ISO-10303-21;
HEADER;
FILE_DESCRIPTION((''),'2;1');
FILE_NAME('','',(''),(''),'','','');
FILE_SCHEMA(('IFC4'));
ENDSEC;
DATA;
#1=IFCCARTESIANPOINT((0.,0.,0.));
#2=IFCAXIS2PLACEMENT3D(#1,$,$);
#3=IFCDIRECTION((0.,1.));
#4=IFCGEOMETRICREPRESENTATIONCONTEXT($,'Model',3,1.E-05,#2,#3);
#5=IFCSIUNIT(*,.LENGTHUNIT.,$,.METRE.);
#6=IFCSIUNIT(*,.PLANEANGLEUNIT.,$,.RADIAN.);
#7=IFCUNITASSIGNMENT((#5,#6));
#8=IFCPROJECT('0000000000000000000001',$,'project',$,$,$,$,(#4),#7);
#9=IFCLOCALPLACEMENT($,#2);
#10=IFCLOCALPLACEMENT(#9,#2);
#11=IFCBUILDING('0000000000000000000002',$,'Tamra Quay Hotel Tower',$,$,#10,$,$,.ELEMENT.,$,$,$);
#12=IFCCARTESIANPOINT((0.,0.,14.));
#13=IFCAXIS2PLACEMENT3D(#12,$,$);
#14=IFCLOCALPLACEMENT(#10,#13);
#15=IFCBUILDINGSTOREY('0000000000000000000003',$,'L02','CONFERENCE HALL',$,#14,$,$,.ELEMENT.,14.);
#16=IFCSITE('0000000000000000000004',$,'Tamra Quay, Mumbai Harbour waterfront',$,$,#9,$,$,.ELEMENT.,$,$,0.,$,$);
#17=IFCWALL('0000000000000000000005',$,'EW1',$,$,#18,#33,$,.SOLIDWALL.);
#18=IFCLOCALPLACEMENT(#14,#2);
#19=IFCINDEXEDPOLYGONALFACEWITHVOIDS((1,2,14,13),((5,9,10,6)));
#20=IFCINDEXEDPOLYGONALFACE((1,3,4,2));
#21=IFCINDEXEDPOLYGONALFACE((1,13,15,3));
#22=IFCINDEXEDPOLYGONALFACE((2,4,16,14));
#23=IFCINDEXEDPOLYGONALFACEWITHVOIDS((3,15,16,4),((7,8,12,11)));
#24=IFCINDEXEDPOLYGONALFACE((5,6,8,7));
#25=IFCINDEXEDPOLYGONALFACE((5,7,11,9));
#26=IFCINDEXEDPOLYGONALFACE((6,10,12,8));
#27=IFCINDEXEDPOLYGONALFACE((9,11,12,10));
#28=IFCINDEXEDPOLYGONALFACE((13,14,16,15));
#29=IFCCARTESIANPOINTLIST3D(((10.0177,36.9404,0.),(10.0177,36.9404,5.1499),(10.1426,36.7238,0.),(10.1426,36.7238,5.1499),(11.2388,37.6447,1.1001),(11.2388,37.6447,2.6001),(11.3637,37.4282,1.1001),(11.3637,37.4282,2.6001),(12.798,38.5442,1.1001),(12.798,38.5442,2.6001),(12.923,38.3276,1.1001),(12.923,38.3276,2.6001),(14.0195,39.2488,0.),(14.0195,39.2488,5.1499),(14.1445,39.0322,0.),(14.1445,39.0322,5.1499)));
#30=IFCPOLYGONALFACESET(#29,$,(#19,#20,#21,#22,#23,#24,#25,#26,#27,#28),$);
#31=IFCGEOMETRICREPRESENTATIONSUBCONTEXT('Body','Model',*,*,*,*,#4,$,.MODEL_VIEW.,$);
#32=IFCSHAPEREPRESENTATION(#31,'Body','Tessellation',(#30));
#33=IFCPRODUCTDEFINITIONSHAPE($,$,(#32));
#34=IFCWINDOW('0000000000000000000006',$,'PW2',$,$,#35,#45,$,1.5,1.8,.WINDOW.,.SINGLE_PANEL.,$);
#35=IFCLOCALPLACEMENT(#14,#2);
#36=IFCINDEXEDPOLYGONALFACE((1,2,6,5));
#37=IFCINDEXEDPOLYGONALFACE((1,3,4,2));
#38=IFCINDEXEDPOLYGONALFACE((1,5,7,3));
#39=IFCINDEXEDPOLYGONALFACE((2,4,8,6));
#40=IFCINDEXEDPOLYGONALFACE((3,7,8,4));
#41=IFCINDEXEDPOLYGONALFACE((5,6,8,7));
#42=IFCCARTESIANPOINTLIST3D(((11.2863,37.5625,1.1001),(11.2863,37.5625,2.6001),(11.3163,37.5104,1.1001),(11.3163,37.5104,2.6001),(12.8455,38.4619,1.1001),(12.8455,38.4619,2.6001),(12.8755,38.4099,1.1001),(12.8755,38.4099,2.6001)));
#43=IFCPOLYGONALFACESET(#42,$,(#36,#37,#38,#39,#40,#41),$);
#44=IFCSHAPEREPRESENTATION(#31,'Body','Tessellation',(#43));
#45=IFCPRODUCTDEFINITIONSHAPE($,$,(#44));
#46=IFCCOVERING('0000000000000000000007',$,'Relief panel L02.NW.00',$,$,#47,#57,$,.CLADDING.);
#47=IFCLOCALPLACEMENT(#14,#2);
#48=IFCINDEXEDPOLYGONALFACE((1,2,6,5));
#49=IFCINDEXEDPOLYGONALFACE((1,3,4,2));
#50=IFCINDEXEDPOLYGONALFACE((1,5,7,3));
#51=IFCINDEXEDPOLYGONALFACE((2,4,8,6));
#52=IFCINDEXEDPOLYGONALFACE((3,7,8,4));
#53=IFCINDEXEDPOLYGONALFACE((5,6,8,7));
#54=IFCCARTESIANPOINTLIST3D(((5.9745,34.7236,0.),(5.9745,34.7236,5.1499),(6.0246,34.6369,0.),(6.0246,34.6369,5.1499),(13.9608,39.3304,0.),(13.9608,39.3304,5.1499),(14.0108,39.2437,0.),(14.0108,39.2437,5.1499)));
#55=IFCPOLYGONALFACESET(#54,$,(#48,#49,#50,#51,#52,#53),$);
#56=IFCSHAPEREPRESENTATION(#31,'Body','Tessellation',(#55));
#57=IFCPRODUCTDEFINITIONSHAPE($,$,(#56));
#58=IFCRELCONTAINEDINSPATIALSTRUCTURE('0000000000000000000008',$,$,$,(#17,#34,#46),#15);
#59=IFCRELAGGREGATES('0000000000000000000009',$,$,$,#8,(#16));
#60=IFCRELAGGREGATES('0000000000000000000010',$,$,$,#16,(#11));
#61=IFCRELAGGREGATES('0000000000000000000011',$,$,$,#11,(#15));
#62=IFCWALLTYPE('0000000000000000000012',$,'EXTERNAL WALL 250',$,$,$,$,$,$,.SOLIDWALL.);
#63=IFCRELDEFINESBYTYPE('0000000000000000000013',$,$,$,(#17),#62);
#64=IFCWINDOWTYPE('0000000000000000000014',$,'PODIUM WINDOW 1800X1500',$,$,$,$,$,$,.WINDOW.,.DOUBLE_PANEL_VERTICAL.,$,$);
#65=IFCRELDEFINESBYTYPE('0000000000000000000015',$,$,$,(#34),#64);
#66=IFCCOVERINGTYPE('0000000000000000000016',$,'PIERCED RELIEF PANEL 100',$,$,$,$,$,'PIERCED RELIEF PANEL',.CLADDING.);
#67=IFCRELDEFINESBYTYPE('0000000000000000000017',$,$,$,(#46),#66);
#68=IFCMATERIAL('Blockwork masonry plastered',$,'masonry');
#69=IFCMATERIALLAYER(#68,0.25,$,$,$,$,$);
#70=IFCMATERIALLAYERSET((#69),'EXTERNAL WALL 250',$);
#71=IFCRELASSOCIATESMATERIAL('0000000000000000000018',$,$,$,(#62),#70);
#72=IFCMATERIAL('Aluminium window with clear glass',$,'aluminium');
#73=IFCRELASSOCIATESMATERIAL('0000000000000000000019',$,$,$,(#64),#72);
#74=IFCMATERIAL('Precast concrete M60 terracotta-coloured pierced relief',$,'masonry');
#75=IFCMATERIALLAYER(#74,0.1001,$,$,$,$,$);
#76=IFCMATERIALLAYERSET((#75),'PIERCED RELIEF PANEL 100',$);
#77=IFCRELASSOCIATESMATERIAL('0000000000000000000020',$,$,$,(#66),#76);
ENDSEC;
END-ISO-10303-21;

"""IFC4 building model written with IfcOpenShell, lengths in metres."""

from ifc_helpers import new_model, si_unit, direction, frame, frame_2d, origin, origin_2d, place, context, subcontext, project, spatial, rectangle, extrude, material, layer, layer_set, type_object, element, fill, save


model = new_model("IFC4")

# Units and contexts
model_context = context("Model", 3, precision=1e-05, world=origin(), true_north=direction((0.0, 1.0)))
body_context = subcontext(model_context, "Body", "Model", "MODEL_VIEW")
ifc_project = project(units=[si_unit("LENGTHUNIT", "METRE"), si_unit("PLANEANGLEUNIT", "RADIAN")], contexts=[model_context])

# Site, building, storey
site_placement = place(None, origin())
site = spatial("IfcSite", under=ifc_project, at=site_placement, Name="Tamra Quay, Mumbai Harbour waterfront", CompositionType="ELEMENT", RefElevation=0.0)
building_placement = place(site_placement, origin())
building = spatial("IfcBuilding", under=site, at=building_placement, Name="Tamra Quay Hotel Tower", CompositionType="ELEMENT")
storey_placement = place(building_placement, frame((0.0, 0.0, 14.0)))
storey = spatial("IfcBuildingStorey", under=building, at=storey_placement, Name="L02", Description="CONFERENCE HALL", CompositionType="ELEMENT", Elevation=14.0)

# Wall, opening, window
ifc_material_1 = material(Name="Blockwork masonry plastered", Category="masonry")
ifc_layer_1 = layer(ifc_material_1, 0.25)
ifc_layer_set_1 = layer_set([ifc_layer_1], Name="EXTERNAL WALL 250")
wall_type_1 = type_object("IfcWallType", Name="EXTERNAL WALL 250", PredefinedType="SOLIDWALL", material=ifc_layer_set_1)
wall_1_placement = place(storey_placement, frame((10.0801, 36.832, 0.0), z_axis=(0.0, 0.0, 1.0), x_axis=(0.866216, 0.499669, 0.0)))
wall_1 = element("IfcWall", 1, at=wall_1_placement, inside=storey, type_object=wall_type_1, Name="EW1", PredefinedType="SOLIDWALL", context=body_context, shape_type="SweptSolid", body=[
    extrude(rectangle(XDim=4.6199, YDim=0.25, at=frame_2d((2.3101, 0.0))), origin(), (0.0, 0.0, 1.0), 5.1499),
])
opening_placement = place(wall_1_placement, frame((1.4099, 0.0, 1.1001)))
opening = element("IfcOpeningElement", 2, at=opening_placement, cuts=wall_1, PredefinedType="OPENING", context=body_context, shape_type="SweptSolid", body=[
    extrude(rectangle(XDim=1.8, YDim=1.5, at=frame_2d((0.8999, 0.75))), frame((0.0, 0.135, 0.0), z_axis=(0.0, -1.0, 0.0), x_axis=(1.0, 0.0, 0.0)), (0.0, 0.0, 1.0), 0.27),
])
ifc_material_2 = material(Name="Aluminium window with clear glass", Category="aluminium")
window_type = type_object("IfcWindowType", Name="PODIUM WINDOW 1800X1500", PartitioningType="DOUBLE_PANEL_VERTICAL", PredefinedType="WINDOW", material=ifc_material_2)
window_placement = place(opening_placement, origin())
window = element("IfcWindow", 3, at=window_placement, inside=storey, type_object=window_type, Name="PW2", OverallHeight=1.5, OverallWidth=1.8, PartitioningType="SINGLE_PANEL", PredefinedType="WINDOW", context=body_context, shape_type="SweptSolid", body=[
    extrude(rectangle(XDim=1.8, YDim=1.5, at=frame_2d((0.8999, 0.75))), frame((0.0, 0.03, 0.0), z_axis=(0.0, -1.0, 0.0), x_axis=(1.0, 0.0, 0.0)), (0.0, 0.0, 1.0), 0.0601),
])
fill(opening, window)

# Covering
ifc_material_3 = material(Name="Precast concrete M60 terracotta-coloured pierced relief", Category="masonry")
ifc_layer_2 = layer(ifc_material_3, 0.1001)
ifc_layer_set_2 = layer_set([ifc_layer_2], Name="PIERCED RELIEF PANEL 100")
covering_type_1 = type_object("IfcCoveringType", Name="PIERCED RELIEF PANEL 100", ElementType="PIERCED RELIEF PANEL", PredefinedType="CLADDING", material=ifc_layer_set_2)
covering_placement = place(storey_placement, frame((9.9927, 36.9836, 0.0), z_axis=(0.0, 0.0, 1.0), x_axis=(-0.866215, -0.499672, 0.0)))
element("IfcCovering", 4, at=covering_placement, inside=storey, type_object=covering_type_1, Name="Relief panel L02.NW.00", PredefinedType="CLADDING", context=body_context, shape_type="SweptSolid", body=[
    extrude(rectangle(XDim=9.2197, YDim=0.1001, at=origin_2d()), origin(), (0.0, 0.0, 1.0), 5.1499),
])

save(model, "model.ifc")
